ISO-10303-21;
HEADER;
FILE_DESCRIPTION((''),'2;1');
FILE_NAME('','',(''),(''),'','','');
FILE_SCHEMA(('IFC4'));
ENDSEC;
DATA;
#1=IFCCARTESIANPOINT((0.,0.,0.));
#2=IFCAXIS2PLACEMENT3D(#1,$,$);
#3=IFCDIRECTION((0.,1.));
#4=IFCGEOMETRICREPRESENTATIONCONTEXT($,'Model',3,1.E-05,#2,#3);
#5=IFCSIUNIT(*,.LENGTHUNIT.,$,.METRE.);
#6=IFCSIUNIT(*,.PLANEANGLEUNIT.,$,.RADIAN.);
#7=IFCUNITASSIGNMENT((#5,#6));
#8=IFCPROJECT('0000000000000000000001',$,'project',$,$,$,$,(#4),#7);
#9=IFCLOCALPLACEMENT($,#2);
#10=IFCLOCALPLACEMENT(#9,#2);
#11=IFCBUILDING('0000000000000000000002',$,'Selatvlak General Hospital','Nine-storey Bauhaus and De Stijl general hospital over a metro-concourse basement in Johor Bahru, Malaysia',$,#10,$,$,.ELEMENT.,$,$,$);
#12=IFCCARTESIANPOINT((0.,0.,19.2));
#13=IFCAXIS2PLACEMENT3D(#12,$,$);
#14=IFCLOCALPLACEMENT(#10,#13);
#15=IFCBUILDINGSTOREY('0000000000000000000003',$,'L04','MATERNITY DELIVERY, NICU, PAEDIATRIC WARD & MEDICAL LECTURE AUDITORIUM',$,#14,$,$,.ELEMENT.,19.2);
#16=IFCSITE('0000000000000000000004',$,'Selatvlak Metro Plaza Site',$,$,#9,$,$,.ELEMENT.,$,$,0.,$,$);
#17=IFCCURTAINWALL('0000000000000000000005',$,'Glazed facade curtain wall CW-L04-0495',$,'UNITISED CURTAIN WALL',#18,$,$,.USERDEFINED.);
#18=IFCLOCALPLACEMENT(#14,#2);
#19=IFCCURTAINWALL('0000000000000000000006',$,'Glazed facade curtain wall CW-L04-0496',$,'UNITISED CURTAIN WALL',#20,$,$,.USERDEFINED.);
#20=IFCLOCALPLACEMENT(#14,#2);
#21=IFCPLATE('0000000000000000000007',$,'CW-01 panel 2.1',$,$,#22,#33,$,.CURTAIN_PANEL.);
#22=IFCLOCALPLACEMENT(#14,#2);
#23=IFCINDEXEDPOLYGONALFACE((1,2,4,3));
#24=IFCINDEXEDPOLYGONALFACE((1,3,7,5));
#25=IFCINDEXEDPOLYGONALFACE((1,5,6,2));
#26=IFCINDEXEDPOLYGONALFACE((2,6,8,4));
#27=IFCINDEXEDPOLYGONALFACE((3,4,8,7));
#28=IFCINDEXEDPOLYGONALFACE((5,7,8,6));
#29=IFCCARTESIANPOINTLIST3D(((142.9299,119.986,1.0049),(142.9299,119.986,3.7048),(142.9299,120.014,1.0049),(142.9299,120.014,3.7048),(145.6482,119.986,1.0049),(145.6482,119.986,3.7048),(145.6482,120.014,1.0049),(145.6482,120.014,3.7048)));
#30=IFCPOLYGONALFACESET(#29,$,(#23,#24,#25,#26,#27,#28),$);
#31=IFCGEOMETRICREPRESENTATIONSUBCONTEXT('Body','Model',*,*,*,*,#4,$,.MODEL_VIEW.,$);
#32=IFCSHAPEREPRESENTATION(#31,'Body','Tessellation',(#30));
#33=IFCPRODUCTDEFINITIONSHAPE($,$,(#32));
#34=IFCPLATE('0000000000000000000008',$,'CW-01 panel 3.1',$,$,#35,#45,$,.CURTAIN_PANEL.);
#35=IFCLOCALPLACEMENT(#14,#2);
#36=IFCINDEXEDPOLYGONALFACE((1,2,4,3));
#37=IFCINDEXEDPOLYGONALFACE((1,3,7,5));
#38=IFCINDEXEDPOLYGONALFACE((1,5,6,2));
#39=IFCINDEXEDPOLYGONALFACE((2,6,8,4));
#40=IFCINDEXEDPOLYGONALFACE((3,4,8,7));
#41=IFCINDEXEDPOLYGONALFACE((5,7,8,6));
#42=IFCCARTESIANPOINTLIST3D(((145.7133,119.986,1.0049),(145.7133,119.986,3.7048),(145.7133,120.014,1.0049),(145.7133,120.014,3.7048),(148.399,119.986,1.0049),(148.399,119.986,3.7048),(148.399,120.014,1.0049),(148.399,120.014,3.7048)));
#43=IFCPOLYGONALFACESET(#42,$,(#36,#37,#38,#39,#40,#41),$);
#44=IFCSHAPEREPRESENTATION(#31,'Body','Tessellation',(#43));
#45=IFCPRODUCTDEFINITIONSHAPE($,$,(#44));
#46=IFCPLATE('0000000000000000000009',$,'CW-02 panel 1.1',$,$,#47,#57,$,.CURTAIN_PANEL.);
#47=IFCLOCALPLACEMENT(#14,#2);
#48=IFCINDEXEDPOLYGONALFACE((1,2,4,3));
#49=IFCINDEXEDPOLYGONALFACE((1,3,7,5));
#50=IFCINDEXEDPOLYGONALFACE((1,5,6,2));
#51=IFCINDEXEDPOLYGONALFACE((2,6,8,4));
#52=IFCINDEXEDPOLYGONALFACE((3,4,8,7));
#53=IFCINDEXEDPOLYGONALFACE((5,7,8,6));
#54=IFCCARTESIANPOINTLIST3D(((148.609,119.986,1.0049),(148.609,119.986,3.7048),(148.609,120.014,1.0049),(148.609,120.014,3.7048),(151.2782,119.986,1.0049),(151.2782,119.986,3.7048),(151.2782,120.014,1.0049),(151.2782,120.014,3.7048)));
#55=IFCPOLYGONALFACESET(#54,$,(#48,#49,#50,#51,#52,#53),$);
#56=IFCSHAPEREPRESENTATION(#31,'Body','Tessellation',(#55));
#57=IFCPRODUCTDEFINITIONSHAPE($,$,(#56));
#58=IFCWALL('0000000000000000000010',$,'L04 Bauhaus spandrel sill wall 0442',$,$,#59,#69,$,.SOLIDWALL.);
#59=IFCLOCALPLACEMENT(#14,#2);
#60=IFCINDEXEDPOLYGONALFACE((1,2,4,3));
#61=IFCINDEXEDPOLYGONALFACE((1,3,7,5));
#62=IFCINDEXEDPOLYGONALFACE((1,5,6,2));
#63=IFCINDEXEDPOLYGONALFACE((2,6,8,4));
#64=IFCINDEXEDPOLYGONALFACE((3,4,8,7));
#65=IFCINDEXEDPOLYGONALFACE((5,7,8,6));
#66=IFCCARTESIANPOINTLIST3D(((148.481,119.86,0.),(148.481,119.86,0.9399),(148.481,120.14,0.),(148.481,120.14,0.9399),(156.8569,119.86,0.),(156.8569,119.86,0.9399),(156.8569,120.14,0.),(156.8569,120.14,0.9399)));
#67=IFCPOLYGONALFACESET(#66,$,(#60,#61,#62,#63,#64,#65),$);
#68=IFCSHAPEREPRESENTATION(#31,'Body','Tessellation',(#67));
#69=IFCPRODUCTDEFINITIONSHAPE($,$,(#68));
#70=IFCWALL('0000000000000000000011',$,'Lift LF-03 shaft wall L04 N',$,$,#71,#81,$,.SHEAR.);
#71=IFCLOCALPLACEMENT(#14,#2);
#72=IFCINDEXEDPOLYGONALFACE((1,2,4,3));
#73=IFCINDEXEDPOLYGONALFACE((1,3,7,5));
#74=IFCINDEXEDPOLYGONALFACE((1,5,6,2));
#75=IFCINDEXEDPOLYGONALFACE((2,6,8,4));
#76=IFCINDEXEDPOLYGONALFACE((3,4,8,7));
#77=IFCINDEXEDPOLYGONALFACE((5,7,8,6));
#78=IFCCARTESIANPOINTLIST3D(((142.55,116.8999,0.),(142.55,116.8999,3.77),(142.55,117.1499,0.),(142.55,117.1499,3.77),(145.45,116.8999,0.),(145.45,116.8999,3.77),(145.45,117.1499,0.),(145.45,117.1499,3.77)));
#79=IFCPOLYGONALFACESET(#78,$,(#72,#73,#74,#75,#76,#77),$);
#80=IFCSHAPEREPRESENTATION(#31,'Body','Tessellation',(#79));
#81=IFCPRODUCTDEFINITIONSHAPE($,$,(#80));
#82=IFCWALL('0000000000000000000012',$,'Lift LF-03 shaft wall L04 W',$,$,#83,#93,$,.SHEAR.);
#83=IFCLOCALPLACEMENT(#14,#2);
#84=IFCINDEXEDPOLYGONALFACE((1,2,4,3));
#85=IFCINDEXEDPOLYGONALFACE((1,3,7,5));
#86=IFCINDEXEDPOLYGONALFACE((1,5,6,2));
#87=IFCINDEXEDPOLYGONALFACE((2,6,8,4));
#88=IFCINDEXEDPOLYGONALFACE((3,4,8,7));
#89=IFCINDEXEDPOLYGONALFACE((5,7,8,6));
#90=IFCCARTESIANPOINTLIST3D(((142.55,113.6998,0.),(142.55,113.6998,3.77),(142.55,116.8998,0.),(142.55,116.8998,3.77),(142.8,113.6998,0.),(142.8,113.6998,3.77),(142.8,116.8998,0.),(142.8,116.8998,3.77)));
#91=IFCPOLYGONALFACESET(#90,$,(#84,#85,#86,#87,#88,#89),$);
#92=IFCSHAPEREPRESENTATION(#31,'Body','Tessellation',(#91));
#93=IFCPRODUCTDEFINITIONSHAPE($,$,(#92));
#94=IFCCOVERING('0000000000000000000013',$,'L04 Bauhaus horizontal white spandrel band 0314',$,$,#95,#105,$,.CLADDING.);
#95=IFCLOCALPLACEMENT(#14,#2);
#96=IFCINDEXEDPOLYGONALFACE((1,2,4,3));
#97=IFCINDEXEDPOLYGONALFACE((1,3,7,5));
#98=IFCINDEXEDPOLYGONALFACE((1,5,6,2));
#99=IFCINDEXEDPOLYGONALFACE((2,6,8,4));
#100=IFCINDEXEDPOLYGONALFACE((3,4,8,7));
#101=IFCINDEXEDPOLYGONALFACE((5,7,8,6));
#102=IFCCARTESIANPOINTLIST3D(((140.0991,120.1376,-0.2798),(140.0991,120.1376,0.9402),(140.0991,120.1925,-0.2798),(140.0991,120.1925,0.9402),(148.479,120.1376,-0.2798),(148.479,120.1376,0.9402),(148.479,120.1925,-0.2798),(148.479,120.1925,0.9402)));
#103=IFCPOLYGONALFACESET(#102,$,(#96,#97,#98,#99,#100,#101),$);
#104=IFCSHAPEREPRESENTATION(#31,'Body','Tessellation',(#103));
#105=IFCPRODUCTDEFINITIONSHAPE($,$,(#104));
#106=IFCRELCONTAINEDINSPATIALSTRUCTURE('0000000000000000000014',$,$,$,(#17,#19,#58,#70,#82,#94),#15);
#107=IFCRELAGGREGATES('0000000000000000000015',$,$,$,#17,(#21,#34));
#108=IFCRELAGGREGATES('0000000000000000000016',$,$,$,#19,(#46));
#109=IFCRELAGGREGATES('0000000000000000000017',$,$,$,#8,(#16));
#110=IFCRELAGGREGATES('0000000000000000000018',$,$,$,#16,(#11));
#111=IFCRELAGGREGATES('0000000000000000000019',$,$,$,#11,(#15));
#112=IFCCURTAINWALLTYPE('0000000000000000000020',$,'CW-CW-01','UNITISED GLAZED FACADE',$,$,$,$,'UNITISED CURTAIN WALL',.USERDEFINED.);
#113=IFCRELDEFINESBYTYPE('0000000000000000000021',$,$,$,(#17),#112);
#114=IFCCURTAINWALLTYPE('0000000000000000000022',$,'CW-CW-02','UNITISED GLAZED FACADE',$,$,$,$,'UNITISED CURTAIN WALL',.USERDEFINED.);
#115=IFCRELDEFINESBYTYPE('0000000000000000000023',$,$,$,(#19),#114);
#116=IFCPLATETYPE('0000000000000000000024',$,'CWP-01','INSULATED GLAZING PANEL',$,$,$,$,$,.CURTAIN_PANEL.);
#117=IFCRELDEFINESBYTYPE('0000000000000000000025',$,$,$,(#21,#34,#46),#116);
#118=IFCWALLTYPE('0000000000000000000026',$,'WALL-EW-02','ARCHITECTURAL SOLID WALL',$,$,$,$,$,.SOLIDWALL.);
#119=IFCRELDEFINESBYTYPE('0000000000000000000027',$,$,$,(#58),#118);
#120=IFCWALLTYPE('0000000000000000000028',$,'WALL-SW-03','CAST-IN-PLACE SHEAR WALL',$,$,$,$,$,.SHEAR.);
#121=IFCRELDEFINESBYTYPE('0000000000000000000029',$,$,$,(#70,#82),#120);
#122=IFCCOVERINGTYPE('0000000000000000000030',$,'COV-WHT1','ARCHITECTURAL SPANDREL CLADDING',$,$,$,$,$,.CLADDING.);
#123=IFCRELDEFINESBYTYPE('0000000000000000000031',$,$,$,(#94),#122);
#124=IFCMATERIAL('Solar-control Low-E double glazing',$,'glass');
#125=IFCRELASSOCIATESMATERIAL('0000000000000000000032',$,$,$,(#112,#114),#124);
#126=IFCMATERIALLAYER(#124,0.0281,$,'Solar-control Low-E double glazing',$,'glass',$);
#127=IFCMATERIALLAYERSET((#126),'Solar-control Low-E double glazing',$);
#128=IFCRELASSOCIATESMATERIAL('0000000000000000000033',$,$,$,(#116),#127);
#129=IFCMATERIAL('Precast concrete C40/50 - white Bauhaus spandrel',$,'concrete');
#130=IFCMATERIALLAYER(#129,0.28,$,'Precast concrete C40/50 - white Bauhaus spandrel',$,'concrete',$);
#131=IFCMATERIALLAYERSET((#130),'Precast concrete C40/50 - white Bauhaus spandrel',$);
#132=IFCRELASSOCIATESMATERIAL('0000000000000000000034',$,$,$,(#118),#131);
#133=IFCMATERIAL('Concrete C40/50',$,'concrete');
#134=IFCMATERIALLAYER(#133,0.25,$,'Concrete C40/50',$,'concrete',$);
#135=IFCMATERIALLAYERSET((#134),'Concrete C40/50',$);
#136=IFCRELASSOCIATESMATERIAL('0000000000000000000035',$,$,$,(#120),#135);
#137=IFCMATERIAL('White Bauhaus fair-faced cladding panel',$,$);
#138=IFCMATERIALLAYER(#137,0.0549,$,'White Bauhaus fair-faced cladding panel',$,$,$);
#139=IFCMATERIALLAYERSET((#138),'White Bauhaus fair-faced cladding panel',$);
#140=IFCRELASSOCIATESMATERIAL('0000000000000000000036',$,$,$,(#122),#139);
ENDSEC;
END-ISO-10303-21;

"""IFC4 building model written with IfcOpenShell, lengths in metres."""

from ifc_helpers import new_model, si_unit, direction, frame, frame_2d, origin, origin_2d, place, context, subcontext, project, spatial, rectangle, extrude, material, layer, layer_set, type_object, element, aggregate, save


model = new_model("IFC4")

# Units and contexts
model_context = context("Model", 3, precision=1e-05, world=origin(), true_north=direction((0.0, 1.0)))
body_context = subcontext(model_context, "Body", "Model", "MODEL_VIEW")
ifc_project = project(units=[si_unit("LENGTHUNIT", "METRE"), si_unit("PLANEANGLEUNIT", "RADIAN")], contexts=[model_context])

# Site, building, storey
site_placement = place(None, origin())
site = spatial("IfcSite", under=ifc_project, at=site_placement, Name="Selatvlak Metro Plaza Site", CompositionType="ELEMENT", RefElevation=0.0)
building_placement = place(site_placement, origin())
building = spatial("IfcBuilding", under=site, at=building_placement, Name="Selatvlak General Hospital", Description="Nine-storey Bauhaus and De Stijl general hospital over a metro-concourse basement in Johor Bahru, Malaysia", CompositionType="ELEMENT")
storey_placement = place(building_placement, frame((0.0, 0.0, 19.2)))
storey = spatial("IfcBuildingStorey", under=building, at=storey_placement, Name="L04", Description="MATERNITY DELIVERY, NICU, PAEDIATRIC WARD & MEDICAL LECTURE AUDITORIUM", CompositionType="ELEMENT", Elevation=19.2)

# Shared definitions
ifc_material_1 = material(Name="Concrete C40/50", Category="concrete")

# Curtain walls
ifc_material_2 = material(Name="Solar-control Low-E double glazing", Category="glass")
curtain_wall_type_1 = type_object("IfcCurtainWallType", Name="CW-CW-01", Description="UNITISED GLAZED FACADE", ElementType="UNITISED CURTAIN WALL", PredefinedType="USERDEFINED", material=ifc_material_2)
curtain_wall_1_placement = place(storey_placement, origin())
curtain_wall_1 = element("IfcCurtainWall", 1, at=curtain_wall_1_placement, inside=storey, type_object=curtain_wall_type_1, Name="Glazed facade curtain wall CW-L04-0495", ObjectType="UNITISED CURTAIN WALL", PredefinedType="USERDEFINED")
curtain_wall_type_2 = type_object("IfcCurtainWallType", Name="CW-CW-02", Description="UNITISED GLAZED FACADE", ElementType="UNITISED CURTAIN WALL", PredefinedType="USERDEFINED", material=ifc_material_2)
curtain_wall_2_placement = place(storey_placement, origin())
curtain_wall_2 = element("IfcCurtainWall", 2, at=curtain_wall_2_placement, inside=storey, type_object=curtain_wall_type_2, Name="Glazed facade curtain wall CW-L04-0496", ObjectType="UNITISED CURTAIN WALL", PredefinedType="USERDEFINED")

# Plates
ifc_layer_1 = layer(ifc_material_2, 0.0281, Name="Solar-control Low-E double glazing", Category="glass")
ifc_layer_set_1 = layer_set([ifc_layer_1], Name="Solar-control Low-E double glazing")
plate_type = type_object("IfcPlateType", Name="CWP-01", Description="INSULATED GLAZING PANEL", PredefinedType="CURTAIN_PANEL", material=ifc_layer_set_1)
plate_1_placement = place(storey_placement, frame((144.2891, 120.0, 1.0049), z_axis=(0.0, 0.0, 1.0), x_axis=(1.0, 0.0, 0.0)))
plate_1 = element("IfcPlate", 3, at=plate_1_placement, type_object=plate_type, Name="CW-01 panel 2.1", PredefinedType="CURTAIN_PANEL", context=body_context, shape_type="SweptSolid", body=[
    extrude(rectangle(XDim=2.7183, YDim=0.0281, at=origin_2d()), origin(), (0.0, 0.0, 1.0), 2.7),
])
plate_2_placement = place(storey_placement, frame((147.0562, 120.0, 1.0049), z_axis=(0.0, 0.0, 1.0), x_axis=(1.0, 0.0, 0.0)))
plate_2 = element("IfcPlate", 4, at=plate_2_placement, type_object=plate_type, Name="CW-01 panel 3.1", PredefinedType="CURTAIN_PANEL", context=body_context, shape_type="SweptSolid", body=[
    extrude(rectangle(XDim=2.6858, YDim=0.0281, at=origin_2d()), origin(), (0.0, 0.0, 1.0), 2.7),
])
aggregate(curtain_wall_1, [plate_1, plate_2])
plate_3_placement = place(storey_placement, frame((149.9436, 120.0, 1.0049), z_axis=(0.0, 0.0, 1.0), x_axis=(1.0, 0.0, 0.0)))
plate_3 = element("IfcPlate", 5, at=plate_3_placement, type_object=plate_type, Name="CW-02 panel 1.1", PredefinedType="CURTAIN_PANEL", context=body_context, shape_type="SweptSolid", body=[
    extrude(rectangle(XDim=2.6692, YDim=0.0281, at=origin_2d()), origin(), (0.0, 0.0, 1.0), 2.7),
])
aggregate(curtain_wall_2, [plate_3])

# Walls
ifc_material_3 = material(Name="Precast concrete C40/50 - white Bauhaus spandrel", Category="concrete")
ifc_layer_2 = layer(ifc_material_3, 0.28, Name="Precast concrete C40/50 - white Bauhaus spandrel", Category="concrete")
ifc_layer_set_2 = layer_set([ifc_layer_2], Name="Precast concrete C40/50 - white Bauhaus spandrel")
wall_type_1 = type_object("IfcWallType", Name="WALL-EW-02", Description="ARCHITECTURAL SOLID WALL", PredefinedType="SOLIDWALL", material=ifc_layer_set_2)
wall_1_placement = place(storey_placement, frame((148.481, 120.0, 0.0), z_axis=(0.0, 0.0, 1.0), x_axis=(1.0, 0.0, 0.0)))
element("IfcWall", 6, at=wall_1_placement, inside=storey, type_object=wall_type_1, Name="L04 Bauhaus spandrel sill wall 0442", PredefinedType="SOLIDWALL", context=body_context, shape_type="SweptSolid", body=[
    extrude(rectangle(XDim=8.376, YDim=0.28, at=frame_2d((4.188, 0.0))), origin(), (0.0, 0.0, 1.0), 0.9399),
])
ifc_layer_3 = layer(ifc_material_1, 0.25, Name="Concrete C40/50", Category="concrete")
ifc_layer_set_3 = layer_set([ifc_layer_3], Name="Concrete C40/50")
wall_type_2 = type_object("IfcWallType", Name="WALL-SW-03", Description="CAST-IN-PLACE SHEAR WALL", PredefinedType="SHEAR", material=ifc_layer_set_3)
wall_2_placement = place(storey_placement, frame((145.45, 117.0249, 0.0), z_axis=(0.0, 0.0, 1.0), x_axis=(-1.0, 0.0, 0.0)))
element("IfcWall", 7, at=wall_2_placement, inside=storey, type_object=wall_type_2, Name="Lift LF-03 shaft wall L04 N", PredefinedType="SHEAR", context=body_context, shape_type="SweptSolid", body=[
    extrude(rectangle(XDim=2.8999, YDim=0.25, at=frame_2d((1.45, 0.0))), origin(), (0.0, 0.0, 1.0), 3.77),
])
wall_3_placement = place(storey_placement, frame((142.675, 116.8999, 0.0), z_axis=(0.0, 0.0, 1.0), x_axis=(0.0, -1.0, 0.0)))
element("IfcWall", 8, at=wall_3_placement, inside=storey, type_object=wall_type_2, Name="Lift LF-03 shaft wall L04 W", PredefinedType="SHEAR", context=body_context, shape_type="SweptSolid", body=[
    extrude(rectangle(XDim=3.2, YDim=0.25, at=frame_2d((1.6001, 0.0))), origin(), (0.0, 0.0, 1.0), 3.77),
])

# Covering
ifc_material_4 = material(Name="White Bauhaus fair-faced cladding panel")
ifc_layer_4 = layer(ifc_material_4, 0.0549, Name="White Bauhaus fair-faced cladding panel")
ifc_layer_set_4 = layer_set([ifc_layer_4], Name="White Bauhaus fair-faced cladding panel")
covering_type = type_object("IfcCoveringType", Name="COV-WHT1", Description="ARCHITECTURAL SPANDREL CLADDING", PredefinedType="CLADDING", material=ifc_layer_set_4)
covering_placement = place(storey_placement, frame((144.2891, 120.165, -0.2798), z_axis=(0.0, 0.0, 1.0), x_axis=(1.0, 0.0, 0.0)))
element("IfcCovering", 9, at=covering_placement, inside=storey, type_object=covering_type, Name="L04 Bauhaus horizontal white spandrel band 0314", PredefinedType="CLADDING", context=body_context, shape_type="SweptSolid", body=[
    extrude(rectangle(XDim=8.3799, YDim=0.0549, at=origin_2d()), origin(), (0.0, 0.0, 1.0), 1.22),
])

save(model, "model.ifc")
